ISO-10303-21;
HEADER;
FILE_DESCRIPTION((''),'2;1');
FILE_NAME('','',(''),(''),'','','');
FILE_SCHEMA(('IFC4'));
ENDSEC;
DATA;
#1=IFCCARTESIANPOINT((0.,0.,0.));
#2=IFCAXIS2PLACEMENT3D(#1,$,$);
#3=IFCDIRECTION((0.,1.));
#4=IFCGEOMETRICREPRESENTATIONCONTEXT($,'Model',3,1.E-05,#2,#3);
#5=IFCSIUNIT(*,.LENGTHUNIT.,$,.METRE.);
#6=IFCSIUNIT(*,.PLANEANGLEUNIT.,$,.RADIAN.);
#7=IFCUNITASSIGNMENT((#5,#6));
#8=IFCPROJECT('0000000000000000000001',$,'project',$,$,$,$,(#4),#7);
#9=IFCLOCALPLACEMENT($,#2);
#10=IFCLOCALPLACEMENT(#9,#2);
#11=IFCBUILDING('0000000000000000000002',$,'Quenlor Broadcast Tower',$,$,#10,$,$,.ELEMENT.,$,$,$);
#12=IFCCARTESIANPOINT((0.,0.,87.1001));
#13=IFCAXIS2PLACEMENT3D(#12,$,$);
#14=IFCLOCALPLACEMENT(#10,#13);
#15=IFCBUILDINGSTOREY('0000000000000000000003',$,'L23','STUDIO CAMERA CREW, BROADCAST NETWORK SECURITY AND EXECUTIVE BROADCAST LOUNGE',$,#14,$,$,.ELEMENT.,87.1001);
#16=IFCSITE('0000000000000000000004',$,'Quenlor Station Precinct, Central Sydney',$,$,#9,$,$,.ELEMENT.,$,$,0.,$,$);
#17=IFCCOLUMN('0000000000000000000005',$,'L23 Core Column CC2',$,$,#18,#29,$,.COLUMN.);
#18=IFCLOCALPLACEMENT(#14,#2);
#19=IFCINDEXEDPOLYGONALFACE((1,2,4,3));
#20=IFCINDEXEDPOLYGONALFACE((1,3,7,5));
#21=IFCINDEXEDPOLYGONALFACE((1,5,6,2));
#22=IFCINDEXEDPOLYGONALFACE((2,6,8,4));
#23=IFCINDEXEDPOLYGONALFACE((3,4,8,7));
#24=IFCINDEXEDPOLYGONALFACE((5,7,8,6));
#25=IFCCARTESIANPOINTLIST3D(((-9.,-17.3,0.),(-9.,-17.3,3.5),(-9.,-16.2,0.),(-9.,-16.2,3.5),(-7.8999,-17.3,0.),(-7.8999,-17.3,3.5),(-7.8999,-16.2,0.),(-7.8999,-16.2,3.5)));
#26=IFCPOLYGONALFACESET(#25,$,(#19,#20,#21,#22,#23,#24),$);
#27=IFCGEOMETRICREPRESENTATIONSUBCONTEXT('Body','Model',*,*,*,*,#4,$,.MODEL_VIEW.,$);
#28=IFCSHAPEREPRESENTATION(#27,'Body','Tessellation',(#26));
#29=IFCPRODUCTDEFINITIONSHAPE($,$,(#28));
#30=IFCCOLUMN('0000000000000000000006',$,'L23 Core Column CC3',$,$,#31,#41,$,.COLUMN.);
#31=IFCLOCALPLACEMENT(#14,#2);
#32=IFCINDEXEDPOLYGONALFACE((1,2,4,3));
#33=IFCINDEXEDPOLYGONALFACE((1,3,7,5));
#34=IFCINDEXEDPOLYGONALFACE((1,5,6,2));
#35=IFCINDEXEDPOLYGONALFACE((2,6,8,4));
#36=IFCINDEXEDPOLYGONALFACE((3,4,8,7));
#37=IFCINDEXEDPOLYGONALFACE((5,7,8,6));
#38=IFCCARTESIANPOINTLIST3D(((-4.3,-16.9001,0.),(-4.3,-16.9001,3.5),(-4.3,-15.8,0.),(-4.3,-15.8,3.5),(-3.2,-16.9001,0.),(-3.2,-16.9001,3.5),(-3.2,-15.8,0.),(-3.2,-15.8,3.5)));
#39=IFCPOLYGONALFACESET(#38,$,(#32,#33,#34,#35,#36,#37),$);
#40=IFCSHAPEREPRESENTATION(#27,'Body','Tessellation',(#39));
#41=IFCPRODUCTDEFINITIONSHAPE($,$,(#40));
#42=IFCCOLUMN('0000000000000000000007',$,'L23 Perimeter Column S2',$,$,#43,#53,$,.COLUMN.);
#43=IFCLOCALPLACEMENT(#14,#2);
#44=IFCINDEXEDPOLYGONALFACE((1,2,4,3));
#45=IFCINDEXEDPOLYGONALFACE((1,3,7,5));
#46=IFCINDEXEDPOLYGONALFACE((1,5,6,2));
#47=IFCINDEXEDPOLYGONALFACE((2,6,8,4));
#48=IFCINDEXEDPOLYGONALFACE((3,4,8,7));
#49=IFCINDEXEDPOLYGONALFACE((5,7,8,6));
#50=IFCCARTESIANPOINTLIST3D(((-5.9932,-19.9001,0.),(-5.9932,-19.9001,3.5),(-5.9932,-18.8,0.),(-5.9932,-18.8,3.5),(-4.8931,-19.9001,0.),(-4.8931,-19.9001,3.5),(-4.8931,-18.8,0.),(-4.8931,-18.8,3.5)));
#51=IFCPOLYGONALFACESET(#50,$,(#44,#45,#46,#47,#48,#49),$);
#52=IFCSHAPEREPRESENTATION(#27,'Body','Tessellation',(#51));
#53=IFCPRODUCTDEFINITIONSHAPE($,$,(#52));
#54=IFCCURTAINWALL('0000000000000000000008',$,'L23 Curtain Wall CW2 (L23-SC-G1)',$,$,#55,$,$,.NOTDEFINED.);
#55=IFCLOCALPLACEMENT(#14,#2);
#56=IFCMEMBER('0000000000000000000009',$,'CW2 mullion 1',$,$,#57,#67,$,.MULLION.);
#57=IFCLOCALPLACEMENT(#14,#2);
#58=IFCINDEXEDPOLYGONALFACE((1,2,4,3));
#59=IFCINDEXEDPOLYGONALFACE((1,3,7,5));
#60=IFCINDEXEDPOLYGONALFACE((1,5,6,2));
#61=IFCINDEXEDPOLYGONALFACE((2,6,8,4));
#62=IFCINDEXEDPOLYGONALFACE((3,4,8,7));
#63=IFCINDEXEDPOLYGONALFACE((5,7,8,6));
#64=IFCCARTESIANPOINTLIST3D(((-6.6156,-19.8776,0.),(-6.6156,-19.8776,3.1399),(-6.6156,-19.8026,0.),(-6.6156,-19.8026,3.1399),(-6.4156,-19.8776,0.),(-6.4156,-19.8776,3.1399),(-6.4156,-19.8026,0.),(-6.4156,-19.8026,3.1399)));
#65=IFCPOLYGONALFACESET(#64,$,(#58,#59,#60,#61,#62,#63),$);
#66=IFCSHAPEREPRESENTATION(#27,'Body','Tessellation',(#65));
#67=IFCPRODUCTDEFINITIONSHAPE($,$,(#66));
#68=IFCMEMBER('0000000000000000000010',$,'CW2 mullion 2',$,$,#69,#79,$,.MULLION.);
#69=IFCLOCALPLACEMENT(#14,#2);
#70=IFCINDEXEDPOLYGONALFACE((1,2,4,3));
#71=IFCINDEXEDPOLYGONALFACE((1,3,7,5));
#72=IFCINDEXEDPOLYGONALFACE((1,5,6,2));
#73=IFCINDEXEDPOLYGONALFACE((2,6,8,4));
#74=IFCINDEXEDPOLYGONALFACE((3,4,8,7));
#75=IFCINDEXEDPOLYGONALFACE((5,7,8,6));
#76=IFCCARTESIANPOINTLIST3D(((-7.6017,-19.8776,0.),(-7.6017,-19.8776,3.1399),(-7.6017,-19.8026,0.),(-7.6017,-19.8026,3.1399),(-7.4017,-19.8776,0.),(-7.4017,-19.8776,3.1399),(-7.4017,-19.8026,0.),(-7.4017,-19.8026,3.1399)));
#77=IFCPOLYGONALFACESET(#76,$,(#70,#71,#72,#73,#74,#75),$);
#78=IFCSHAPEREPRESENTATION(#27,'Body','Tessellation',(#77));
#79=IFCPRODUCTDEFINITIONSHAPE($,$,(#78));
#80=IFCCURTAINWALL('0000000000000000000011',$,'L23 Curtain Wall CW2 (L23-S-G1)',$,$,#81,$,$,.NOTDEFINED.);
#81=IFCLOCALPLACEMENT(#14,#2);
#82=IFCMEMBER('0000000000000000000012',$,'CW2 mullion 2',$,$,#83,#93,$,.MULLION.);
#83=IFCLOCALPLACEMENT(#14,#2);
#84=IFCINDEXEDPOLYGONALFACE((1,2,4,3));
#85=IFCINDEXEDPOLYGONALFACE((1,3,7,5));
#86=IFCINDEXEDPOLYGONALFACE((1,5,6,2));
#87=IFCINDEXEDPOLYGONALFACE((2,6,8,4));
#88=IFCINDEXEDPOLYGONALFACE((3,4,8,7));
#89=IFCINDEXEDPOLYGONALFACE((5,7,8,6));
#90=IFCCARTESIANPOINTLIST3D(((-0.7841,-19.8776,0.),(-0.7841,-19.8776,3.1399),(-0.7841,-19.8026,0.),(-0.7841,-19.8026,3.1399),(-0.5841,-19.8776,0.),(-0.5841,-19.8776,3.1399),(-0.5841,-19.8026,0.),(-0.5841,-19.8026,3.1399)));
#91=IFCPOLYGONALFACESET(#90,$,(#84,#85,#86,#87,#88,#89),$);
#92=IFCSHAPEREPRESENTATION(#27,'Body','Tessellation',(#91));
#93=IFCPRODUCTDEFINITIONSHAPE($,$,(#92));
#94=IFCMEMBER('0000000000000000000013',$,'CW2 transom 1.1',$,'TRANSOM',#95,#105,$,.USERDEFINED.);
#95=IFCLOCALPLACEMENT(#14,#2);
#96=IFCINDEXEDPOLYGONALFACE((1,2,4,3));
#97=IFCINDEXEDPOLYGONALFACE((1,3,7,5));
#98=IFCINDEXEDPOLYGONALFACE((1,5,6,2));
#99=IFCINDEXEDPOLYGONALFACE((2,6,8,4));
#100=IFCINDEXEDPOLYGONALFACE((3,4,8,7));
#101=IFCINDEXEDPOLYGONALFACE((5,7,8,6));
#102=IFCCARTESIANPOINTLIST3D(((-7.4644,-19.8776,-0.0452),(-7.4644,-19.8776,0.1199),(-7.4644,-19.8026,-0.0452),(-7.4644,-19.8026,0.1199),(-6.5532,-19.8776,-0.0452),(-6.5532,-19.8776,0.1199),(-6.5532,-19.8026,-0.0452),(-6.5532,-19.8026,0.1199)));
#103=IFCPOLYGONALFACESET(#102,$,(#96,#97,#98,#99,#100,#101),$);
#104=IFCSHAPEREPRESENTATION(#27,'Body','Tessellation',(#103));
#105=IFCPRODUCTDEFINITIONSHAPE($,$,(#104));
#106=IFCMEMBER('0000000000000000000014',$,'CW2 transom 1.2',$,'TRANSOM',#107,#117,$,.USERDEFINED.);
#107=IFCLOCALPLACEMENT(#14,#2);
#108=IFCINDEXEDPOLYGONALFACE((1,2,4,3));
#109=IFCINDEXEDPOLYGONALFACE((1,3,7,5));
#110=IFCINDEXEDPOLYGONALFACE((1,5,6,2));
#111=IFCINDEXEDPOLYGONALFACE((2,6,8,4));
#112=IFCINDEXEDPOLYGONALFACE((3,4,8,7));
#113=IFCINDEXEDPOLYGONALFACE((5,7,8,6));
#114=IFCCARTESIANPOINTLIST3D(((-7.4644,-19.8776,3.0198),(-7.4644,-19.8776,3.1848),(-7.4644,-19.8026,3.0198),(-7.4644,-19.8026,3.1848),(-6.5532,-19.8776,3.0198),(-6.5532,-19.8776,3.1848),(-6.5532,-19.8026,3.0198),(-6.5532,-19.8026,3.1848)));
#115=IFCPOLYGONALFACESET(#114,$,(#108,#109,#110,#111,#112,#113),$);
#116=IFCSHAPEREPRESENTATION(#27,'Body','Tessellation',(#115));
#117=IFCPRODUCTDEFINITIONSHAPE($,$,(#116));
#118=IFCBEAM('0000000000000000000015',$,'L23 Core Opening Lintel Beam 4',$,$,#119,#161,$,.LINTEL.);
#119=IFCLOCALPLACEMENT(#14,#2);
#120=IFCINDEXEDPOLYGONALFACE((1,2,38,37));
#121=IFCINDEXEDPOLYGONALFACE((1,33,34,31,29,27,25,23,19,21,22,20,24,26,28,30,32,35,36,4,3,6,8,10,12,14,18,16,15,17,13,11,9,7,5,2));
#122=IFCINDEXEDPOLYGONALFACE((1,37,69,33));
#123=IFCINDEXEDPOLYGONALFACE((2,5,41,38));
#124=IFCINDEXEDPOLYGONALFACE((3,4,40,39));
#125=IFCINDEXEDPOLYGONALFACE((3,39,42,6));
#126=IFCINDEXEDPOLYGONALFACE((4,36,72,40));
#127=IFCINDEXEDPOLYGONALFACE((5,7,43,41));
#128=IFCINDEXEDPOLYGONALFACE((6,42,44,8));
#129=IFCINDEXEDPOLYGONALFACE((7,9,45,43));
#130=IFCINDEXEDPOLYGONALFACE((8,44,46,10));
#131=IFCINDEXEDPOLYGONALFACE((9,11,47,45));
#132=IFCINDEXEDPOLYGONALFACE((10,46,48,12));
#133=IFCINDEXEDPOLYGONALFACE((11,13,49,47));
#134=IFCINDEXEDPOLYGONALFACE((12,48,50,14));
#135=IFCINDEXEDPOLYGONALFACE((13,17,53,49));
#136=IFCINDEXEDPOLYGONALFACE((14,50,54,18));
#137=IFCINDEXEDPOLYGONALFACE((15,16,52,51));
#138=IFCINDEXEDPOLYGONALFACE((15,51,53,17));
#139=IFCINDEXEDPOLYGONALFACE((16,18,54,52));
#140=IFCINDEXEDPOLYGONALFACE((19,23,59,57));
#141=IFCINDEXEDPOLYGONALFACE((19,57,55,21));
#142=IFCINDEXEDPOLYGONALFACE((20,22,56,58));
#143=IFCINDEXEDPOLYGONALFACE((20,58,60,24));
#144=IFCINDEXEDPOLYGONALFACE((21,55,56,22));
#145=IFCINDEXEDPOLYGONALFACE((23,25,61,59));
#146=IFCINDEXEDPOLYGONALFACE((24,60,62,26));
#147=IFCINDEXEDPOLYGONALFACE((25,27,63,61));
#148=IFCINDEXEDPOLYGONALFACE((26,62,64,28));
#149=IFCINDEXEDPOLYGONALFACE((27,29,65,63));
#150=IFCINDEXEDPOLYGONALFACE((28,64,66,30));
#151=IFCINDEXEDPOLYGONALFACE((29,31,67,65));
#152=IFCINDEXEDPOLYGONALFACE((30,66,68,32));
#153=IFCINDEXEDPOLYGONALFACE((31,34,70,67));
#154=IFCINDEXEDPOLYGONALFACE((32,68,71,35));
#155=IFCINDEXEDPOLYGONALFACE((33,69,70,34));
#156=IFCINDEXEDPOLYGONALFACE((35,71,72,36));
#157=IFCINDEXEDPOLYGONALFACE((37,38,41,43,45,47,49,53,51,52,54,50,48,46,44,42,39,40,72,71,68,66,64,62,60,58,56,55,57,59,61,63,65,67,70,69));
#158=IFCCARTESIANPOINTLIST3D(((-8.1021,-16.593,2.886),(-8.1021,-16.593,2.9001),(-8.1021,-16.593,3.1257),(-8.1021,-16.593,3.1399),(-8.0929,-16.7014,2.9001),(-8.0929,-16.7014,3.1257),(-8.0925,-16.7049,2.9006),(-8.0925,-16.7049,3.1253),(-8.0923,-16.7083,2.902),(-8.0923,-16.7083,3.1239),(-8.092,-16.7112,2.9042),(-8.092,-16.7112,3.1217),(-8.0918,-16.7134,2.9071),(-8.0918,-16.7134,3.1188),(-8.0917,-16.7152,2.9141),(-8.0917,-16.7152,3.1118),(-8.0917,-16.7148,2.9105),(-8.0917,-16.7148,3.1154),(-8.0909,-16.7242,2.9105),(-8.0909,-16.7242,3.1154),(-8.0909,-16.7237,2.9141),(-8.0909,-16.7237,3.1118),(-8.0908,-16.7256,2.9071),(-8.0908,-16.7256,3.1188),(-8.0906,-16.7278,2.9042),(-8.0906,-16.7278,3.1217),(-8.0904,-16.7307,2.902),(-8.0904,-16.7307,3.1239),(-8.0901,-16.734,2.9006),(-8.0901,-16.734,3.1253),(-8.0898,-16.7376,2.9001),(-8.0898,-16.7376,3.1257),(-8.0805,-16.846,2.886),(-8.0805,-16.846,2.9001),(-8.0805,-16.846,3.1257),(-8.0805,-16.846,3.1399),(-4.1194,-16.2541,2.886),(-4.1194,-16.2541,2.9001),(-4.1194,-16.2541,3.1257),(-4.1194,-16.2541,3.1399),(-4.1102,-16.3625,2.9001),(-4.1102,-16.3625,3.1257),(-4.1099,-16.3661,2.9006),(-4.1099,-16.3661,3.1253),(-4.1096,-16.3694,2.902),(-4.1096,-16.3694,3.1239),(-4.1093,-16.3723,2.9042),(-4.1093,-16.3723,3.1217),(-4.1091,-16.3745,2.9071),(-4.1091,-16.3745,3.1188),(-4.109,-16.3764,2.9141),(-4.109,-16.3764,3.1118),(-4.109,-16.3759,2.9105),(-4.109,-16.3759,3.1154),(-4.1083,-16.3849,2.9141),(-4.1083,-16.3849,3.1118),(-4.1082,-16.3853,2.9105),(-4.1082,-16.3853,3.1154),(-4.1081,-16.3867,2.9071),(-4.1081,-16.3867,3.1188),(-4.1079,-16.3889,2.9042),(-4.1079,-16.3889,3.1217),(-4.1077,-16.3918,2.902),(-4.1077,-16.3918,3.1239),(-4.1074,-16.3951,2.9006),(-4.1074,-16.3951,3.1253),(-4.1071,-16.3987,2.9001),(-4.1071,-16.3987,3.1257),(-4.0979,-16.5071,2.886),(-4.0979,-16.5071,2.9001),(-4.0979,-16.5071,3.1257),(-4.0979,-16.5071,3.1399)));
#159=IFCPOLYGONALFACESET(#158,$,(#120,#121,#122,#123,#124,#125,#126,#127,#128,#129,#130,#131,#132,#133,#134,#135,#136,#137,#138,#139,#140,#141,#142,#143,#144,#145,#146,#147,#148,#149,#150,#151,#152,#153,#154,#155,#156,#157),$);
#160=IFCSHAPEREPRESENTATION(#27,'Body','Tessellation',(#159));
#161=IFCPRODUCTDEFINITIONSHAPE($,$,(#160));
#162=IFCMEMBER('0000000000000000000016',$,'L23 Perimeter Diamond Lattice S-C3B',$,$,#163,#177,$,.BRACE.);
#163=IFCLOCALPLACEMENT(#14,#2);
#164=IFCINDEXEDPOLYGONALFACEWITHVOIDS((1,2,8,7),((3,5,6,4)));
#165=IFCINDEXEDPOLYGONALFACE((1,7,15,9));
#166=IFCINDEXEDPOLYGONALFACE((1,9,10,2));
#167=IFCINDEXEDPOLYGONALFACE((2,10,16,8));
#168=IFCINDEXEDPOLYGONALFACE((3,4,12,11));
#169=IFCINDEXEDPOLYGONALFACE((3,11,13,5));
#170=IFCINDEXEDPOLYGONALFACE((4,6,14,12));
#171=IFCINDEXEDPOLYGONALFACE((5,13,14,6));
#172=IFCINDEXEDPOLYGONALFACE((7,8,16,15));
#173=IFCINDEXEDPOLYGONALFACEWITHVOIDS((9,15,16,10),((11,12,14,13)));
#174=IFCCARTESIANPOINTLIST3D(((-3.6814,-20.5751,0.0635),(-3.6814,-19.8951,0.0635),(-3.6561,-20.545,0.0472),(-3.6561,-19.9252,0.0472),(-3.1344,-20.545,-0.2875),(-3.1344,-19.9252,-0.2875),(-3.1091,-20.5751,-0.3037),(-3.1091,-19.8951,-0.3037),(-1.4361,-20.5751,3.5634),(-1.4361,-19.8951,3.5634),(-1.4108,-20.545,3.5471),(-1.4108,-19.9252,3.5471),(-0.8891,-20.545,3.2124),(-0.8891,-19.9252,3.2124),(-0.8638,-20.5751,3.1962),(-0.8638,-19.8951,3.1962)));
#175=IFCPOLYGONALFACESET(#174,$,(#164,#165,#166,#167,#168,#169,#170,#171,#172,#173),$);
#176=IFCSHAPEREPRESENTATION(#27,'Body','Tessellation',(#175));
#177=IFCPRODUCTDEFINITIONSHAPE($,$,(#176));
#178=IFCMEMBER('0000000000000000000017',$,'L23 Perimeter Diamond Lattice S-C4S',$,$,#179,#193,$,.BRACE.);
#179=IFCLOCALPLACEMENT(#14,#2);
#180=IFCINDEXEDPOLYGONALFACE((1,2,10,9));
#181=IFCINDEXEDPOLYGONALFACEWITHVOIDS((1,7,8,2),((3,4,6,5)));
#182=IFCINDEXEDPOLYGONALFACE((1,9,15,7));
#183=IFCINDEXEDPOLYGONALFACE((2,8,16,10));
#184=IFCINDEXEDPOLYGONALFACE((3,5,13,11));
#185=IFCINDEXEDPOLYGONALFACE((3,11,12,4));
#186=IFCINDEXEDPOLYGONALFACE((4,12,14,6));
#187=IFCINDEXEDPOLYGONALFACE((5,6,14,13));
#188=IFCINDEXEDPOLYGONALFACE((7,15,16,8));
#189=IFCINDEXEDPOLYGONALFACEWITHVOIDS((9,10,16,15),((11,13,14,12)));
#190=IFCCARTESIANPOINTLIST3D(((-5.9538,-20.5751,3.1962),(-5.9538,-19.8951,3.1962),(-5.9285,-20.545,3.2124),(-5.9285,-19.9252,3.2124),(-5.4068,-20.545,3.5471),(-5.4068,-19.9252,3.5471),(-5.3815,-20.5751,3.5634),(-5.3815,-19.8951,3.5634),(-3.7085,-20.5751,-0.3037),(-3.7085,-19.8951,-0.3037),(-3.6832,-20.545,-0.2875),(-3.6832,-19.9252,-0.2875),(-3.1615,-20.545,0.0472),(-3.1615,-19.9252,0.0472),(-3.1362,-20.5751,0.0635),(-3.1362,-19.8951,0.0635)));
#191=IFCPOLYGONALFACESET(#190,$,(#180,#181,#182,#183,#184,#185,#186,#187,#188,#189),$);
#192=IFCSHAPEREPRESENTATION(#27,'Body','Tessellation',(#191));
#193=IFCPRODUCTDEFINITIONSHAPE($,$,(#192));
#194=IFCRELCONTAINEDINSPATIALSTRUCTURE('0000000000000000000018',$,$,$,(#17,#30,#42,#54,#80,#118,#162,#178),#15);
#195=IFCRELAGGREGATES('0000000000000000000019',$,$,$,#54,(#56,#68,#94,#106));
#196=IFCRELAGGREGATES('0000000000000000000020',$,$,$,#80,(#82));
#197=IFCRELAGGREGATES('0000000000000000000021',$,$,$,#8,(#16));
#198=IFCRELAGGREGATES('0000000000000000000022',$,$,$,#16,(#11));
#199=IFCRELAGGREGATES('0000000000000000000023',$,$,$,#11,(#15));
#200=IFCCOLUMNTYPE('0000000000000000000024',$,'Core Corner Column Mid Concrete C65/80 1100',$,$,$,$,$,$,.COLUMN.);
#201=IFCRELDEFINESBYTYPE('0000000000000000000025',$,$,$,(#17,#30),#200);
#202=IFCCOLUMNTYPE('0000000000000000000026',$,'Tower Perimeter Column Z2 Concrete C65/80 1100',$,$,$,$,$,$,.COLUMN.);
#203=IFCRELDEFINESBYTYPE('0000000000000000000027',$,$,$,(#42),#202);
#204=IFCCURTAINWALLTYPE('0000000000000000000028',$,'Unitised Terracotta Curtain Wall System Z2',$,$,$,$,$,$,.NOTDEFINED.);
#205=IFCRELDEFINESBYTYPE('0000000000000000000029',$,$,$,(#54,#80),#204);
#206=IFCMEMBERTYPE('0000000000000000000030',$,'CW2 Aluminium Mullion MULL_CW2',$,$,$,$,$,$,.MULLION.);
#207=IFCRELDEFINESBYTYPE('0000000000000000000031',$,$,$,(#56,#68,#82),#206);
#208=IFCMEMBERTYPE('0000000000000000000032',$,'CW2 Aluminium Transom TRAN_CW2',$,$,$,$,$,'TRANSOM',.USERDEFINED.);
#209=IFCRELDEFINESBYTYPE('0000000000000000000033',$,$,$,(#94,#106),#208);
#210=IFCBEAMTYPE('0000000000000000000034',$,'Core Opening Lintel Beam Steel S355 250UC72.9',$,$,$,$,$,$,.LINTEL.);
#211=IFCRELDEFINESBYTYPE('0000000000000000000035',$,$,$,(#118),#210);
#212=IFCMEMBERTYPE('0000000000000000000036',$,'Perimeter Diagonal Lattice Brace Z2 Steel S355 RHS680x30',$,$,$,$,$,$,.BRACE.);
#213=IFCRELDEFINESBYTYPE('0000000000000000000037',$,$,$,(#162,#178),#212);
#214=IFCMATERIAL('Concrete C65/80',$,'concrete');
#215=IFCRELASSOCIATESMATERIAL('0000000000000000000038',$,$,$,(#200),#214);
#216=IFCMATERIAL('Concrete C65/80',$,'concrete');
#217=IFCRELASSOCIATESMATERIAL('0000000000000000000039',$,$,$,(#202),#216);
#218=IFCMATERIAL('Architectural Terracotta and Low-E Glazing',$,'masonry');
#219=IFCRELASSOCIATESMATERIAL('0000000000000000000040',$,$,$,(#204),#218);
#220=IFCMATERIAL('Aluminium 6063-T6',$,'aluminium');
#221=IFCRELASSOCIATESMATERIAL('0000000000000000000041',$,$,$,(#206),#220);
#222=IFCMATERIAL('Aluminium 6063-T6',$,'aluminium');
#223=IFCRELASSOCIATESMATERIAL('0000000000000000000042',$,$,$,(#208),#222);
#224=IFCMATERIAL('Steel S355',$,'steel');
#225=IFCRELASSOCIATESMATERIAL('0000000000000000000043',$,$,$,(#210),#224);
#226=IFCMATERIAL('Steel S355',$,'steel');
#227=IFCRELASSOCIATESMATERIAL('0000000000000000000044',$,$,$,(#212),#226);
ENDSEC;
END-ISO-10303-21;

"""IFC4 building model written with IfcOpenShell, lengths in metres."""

from ifc_helpers import new_model, si_unit, direction, frame, origin, origin_2d, place, context, subcontext, project, spatial, rectangle, hollow_rectangle, i_section, extrude, material, material_profile, profile_set, type_object, element, aggregate, save


model = new_model("IFC4")

# Units and contexts
model_context = context("Model", 3, precision=1e-05, world=origin(), true_north=direction((0.0, 1.0)))
body_context = subcontext(model_context, "Body", "Model", "MODEL_VIEW")
ifc_project = project(units=[si_unit("LENGTHUNIT", "METRE"), si_unit("PLANEANGLEUNIT", "RADIAN")], contexts=[model_context])

# Site, building, storey
site_placement = place(None, origin())
site = spatial("IfcSite", under=ifc_project, at=site_placement, Name="Quenlor Station Precinct, Central Sydney", CompositionType="ELEMENT", RefElevation=0.0)
building_placement = place(site_placement, origin())
building = spatial("IfcBuilding", under=site, at=building_placement, Name="Quenlor Broadcast Tower", CompositionType="ELEMENT")
storey_placement = place(building_placement, frame((0.0, 0.0, 87.1001)))
storey = spatial("IfcBuildingStorey", under=building, at=storey_placement, Name="L23", Description="STUDIO CAMERA CREW, BROADCAST NETWORK SECURITY AND EXECUTIVE BROADCAST LOUNGE", CompositionType="ELEMENT", Elevation=87.1001)

# Columns
ifc_material_1 = material(Name="Concrete C65/80", Category="concrete")
ifc_material_profile_1 = material_profile(ifc_material_1, rectangle(XDim=1.1001, YDim=1.1001, at=origin_2d()))
ifc_profile_set_1 = profile_set([ifc_material_profile_1], Name="Concrete C65/80 RC1100x1100")
column_type_1 = type_object("IfcColumnType", Name="Core Corner Column Mid Concrete C65/80 1100", PredefinedType="COLUMN", material=ifc_profile_set_1)
for number, where, z_axis, x_axis, name in (
    (1, (-8.45, -16.75, 0.0), (0.0, 0.0, 1.0), (1.0, 0.0, 0.0), "L23 Core Column CC2"),
    (2, (-3.75, -16.3501, 0.0), (0.0, 0.0, 1.0), (1.0, 0.0, 0.0), "L23 Core Column CC3"),
):
    element("IfcColumn", number, at=place(storey_placement, frame(where, z_axis=z_axis, x_axis=x_axis)), inside=storey, type_object=column_type_1, Name=name, PredefinedType="COLUMN", context=body_context, shape_type="SweptSolid", body=[
        extrude(rectangle(XDim=1.1001, YDim=1.1001, at=origin_2d()), origin(), (0.0, 0.0, 1.0), 3.5),
    ])
ifc_material_2 = material(Name="Concrete C65/80", Category="concrete")
ifc_material_profile_2 = material_profile(ifc_material_2, rectangle(XDim=1.1001, YDim=1.1001, at=origin_2d()))
ifc_profile_set_2 = profile_set([ifc_material_profile_2], Name="Concrete C65/80 RC1100x1100")
column_type_2 = type_object("IfcColumnType", Name="Tower Perimeter Column Z2 Concrete C65/80 1100", PredefinedType="COLUMN", material=ifc_profile_set_2)
column_placement = place(storey_placement, frame((-5.4431, -19.3501, 0.0), z_axis=(0.0, 0.0, 1.0), x_axis=(0.0, 1.0, 0.0)))
element("IfcColumn", 3, at=column_placement, inside=storey, type_object=column_type_2, Name="L23 Perimeter Column S2", PredefinedType="COLUMN", context=body_context, shape_type="SweptSolid", body=[
    extrude(rectangle(XDim=1.1001, YDim=1.1001, at=origin_2d()), origin(), (0.0, 0.0, 1.0), 3.5),
])

# Curtain wall, members
ifc_material_3 = material(Name="Architectural Terracotta and Low-E Glazing", Category="masonry")
curtain_wall_type = type_object("IfcCurtainWallType", Name="Unitised Terracotta Curtain Wall System Z2", PredefinedType="NOTDEFINED", material=ifc_material_3)
curtain_wall_1_placement = place(storey_placement, origin())
curtain_wall_1 = element("IfcCurtainWall", 4, at=curtain_wall_1_placement, inside=storey, type_object=curtain_wall_type, Name="L23 Curtain Wall CW2 (L23-SC-G1)", PredefinedType="NOTDEFINED")
ifc_material_4 = material(Name="Aluminium 6063-T6", Category="aluminium")
ifc_material_profile_3 = material_profile(ifc_material_4, rectangle(XDim=0.075, YDim=0.2, at=origin_2d()))
ifc_profile_set_3 = profile_set([ifc_material_profile_3], Name="Aluminium 6063-T6 MULL75x200")
member_type_1 = type_object("IfcMemberType", Name="CW2 Aluminium Mullion MULL_CW2", PredefinedType="MULLION", material=ifc_profile_set_3)
member_1_placement = place(storey_placement, frame((-6.5156, -19.8401, 0.0), z_axis=(0.0, 0.0, 1.0), x_axis=(0.0, -1.0, 0.0)))
member_1 = element("IfcMember", 5, at=member_1_placement, type_object=member_type_1, Name="CW2 mullion 1", PredefinedType="MULLION", context=body_context, shape_type="SweptSolid", body=[
    extrude(rectangle(XDim=0.075, YDim=0.2, at=origin_2d()), origin(), (0.0, 0.0, 1.0), 3.1399),
])
member_2_placement = place(storey_placement, frame((-7.5017, -19.8401, 0.0), z_axis=(0.0, 0.0, 1.0), x_axis=(0.0, -1.0, 0.0)))
member_2 = element("IfcMember", 6, at=member_2_placement, type_object=member_type_1, Name="CW2 mullion 2", PredefinedType="MULLION", context=body_context, shape_type="SweptSolid", body=[
    extrude(rectangle(XDim=0.075, YDim=0.2, at=origin_2d()), origin(), (0.0, 0.0, 1.0), 3.1399),
])

# Curtain wall, member
curtain_wall_2_placement = place(storey_placement, origin())
curtain_wall_2 = element("IfcCurtainWall", 7, at=curtain_wall_2_placement, inside=storey, type_object=curtain_wall_type, Name="L23 Curtain Wall CW2 (L23-S-G1)", PredefinedType="NOTDEFINED")
member_3_placement = place(storey_placement, frame((-0.6841, -19.8401, 0.0), z_axis=(0.0, 0.0, 1.0), x_axis=(0.0, -1.0, 0.0)))
member_3 = element("IfcMember", 8, at=member_3_placement, type_object=member_type_1, Name="CW2 mullion 2", PredefinedType="MULLION", context=body_context, shape_type="SweptSolid", body=[
    extrude(rectangle(XDim=0.075, YDim=0.2, at=origin_2d()), origin(), (0.0, 0.0, 1.0), 3.1399),
])

# Members
ifc_material_5 = material(Name="Aluminium 6063-T6", Category="aluminium")
ifc_material_profile_4 = material_profile(ifc_material_5, rectangle(XDim=0.075, YDim=0.165, at=origin_2d()))
ifc_profile_set_4 = profile_set([ifc_material_profile_4], Name="Aluminium 6063-T6 TRAN75x165")
member_type_2 = type_object("IfcMemberType", Name="CW2 Aluminium Transom TRAN_CW2", ElementType="TRANSOM", PredefinedType="USERDEFINED", material=ifc_profile_set_4)
member_4_placement = place(storey_placement, frame((-6.5532, -19.8401, 0.0374), z_axis=(-1.0, 0.0, 0.0), x_axis=(0.0, -1.0, 0.0)))
member_4 = element("IfcMember", 9, at=member_4_placement, type_object=member_type_2, Name="CW2 transom 1.1", ObjectType="TRANSOM", PredefinedType="USERDEFINED", context=body_context, shape_type="SweptSolid", body=[
    extrude(rectangle(XDim=0.075, YDim=0.165, at=origin_2d()), origin(), (0.0, 0.0, 1.0), 0.9111),
])
member_5_placement = place(storey_placement, frame((-6.5532, -19.8401, 3.1023), z_axis=(-1.0, 0.0, 0.0), x_axis=(0.0, -1.0, 0.0)))
member_5 = element("IfcMember", 10, at=member_5_placement, type_object=member_type_2, Name="CW2 transom 1.2", ObjectType="TRANSOM", PredefinedType="USERDEFINED", context=body_context, shape_type="SweptSolid", body=[
    extrude(rectangle(XDim=0.075, YDim=0.165, at=origin_2d()), origin(), (0.0, 0.0, 1.0), 0.9111),
])

# Beam
ifc_material_6 = material(Name="Steel S355", Category="steel")
ifc_material_profile_5 = material_profile(ifc_material_6, i_section(OverallWidth=0.2539, OverallDepth=0.2539, WebThickness=0.0085, FlangeThickness=0.0142, FilletRadius=0.0139, at=origin_2d()))
ifc_profile_set_5 = profile_set([ifc_material_profile_5], Name="Steel S355 250UC72.9")
beam_type_1 = type_object("IfcBeamType", Name="Core Opening Lintel Beam Steel S355 250UC72.9", PredefinedType="LINTEL", material=ifc_profile_set_5)
beam_1_placement = place(storey_placement, frame((-8.0913, -16.7195, 3.0129), z_axis=(0.9964, 0.084779, 0.0), x_axis=(-0.084779, 0.9964, 0.0)))
element("IfcBeam", 11, at=beam_1_placement, inside=storey, type_object=beam_type_1, Name="L23 Core Opening Lintel Beam 4", PredefinedType="LINTEL", context=body_context, shape_type="SweptSolid", body=[
    extrude(i_section(OverallWidth=0.2539, OverallDepth=0.2539, WebThickness=0.0085, FlangeThickness=0.0142, FilletRadius=0.0139, at=origin_2d()), origin(), (0.0, 0.0, 1.0), 3.9971),
])

# Members
ifc_material_7 = material(Name="Steel S355", Category="steel")
ifc_material_profile_6 = material_profile(ifc_material_7, hollow_rectangle(XDim=0.6799, YDim=0.6799, WallThickness=0.03, at=origin_2d()))
ifc_profile_set_6 = profile_set([ifc_material_profile_6], Name="Steel S355 RHS680x680x30")
member_type_3 = type_object("IfcMemberType", Name="Perimeter Diagonal Lattice Brace Z2 Steel S355 RHS680x30", PredefinedType="BRACE", material=ifc_profile_set_6)
for number, where, z_axis, x_axis, name in (
    (12, (-3.3953, -20.2351, -0.1201), (0.539968, 0.0, 0.841686), (0.0, 1.0, 0.0), "L23 Perimeter Diamond Lattice S-C3B"),
    (13, (-3.4224, -20.2351, -0.1201), (-0.539968, 0.0, 0.841686), (0.0, -1.0, 0.0), "L23 Perimeter Diamond Lattice S-C4S"),
):
    element("IfcMember", number, at=place(storey_placement, frame(where, z_axis=z_axis, x_axis=x_axis)), inside=storey, type_object=member_type_3, Name=name, PredefinedType="BRACE", context=body_context, shape_type="SweptSolid", body=[
        extrude(hollow_rectangle(XDim=0.6799, YDim=0.6799, WallThickness=0.03, at=origin_2d()), origin(), (0.0, 0.0, 1.0), 4.1582),
    ])

aggregate(curtain_wall_1, [member_1, member_2, member_4, member_5])
aggregate(curtain_wall_2, [member_3])

save(model, "model.ifc")
